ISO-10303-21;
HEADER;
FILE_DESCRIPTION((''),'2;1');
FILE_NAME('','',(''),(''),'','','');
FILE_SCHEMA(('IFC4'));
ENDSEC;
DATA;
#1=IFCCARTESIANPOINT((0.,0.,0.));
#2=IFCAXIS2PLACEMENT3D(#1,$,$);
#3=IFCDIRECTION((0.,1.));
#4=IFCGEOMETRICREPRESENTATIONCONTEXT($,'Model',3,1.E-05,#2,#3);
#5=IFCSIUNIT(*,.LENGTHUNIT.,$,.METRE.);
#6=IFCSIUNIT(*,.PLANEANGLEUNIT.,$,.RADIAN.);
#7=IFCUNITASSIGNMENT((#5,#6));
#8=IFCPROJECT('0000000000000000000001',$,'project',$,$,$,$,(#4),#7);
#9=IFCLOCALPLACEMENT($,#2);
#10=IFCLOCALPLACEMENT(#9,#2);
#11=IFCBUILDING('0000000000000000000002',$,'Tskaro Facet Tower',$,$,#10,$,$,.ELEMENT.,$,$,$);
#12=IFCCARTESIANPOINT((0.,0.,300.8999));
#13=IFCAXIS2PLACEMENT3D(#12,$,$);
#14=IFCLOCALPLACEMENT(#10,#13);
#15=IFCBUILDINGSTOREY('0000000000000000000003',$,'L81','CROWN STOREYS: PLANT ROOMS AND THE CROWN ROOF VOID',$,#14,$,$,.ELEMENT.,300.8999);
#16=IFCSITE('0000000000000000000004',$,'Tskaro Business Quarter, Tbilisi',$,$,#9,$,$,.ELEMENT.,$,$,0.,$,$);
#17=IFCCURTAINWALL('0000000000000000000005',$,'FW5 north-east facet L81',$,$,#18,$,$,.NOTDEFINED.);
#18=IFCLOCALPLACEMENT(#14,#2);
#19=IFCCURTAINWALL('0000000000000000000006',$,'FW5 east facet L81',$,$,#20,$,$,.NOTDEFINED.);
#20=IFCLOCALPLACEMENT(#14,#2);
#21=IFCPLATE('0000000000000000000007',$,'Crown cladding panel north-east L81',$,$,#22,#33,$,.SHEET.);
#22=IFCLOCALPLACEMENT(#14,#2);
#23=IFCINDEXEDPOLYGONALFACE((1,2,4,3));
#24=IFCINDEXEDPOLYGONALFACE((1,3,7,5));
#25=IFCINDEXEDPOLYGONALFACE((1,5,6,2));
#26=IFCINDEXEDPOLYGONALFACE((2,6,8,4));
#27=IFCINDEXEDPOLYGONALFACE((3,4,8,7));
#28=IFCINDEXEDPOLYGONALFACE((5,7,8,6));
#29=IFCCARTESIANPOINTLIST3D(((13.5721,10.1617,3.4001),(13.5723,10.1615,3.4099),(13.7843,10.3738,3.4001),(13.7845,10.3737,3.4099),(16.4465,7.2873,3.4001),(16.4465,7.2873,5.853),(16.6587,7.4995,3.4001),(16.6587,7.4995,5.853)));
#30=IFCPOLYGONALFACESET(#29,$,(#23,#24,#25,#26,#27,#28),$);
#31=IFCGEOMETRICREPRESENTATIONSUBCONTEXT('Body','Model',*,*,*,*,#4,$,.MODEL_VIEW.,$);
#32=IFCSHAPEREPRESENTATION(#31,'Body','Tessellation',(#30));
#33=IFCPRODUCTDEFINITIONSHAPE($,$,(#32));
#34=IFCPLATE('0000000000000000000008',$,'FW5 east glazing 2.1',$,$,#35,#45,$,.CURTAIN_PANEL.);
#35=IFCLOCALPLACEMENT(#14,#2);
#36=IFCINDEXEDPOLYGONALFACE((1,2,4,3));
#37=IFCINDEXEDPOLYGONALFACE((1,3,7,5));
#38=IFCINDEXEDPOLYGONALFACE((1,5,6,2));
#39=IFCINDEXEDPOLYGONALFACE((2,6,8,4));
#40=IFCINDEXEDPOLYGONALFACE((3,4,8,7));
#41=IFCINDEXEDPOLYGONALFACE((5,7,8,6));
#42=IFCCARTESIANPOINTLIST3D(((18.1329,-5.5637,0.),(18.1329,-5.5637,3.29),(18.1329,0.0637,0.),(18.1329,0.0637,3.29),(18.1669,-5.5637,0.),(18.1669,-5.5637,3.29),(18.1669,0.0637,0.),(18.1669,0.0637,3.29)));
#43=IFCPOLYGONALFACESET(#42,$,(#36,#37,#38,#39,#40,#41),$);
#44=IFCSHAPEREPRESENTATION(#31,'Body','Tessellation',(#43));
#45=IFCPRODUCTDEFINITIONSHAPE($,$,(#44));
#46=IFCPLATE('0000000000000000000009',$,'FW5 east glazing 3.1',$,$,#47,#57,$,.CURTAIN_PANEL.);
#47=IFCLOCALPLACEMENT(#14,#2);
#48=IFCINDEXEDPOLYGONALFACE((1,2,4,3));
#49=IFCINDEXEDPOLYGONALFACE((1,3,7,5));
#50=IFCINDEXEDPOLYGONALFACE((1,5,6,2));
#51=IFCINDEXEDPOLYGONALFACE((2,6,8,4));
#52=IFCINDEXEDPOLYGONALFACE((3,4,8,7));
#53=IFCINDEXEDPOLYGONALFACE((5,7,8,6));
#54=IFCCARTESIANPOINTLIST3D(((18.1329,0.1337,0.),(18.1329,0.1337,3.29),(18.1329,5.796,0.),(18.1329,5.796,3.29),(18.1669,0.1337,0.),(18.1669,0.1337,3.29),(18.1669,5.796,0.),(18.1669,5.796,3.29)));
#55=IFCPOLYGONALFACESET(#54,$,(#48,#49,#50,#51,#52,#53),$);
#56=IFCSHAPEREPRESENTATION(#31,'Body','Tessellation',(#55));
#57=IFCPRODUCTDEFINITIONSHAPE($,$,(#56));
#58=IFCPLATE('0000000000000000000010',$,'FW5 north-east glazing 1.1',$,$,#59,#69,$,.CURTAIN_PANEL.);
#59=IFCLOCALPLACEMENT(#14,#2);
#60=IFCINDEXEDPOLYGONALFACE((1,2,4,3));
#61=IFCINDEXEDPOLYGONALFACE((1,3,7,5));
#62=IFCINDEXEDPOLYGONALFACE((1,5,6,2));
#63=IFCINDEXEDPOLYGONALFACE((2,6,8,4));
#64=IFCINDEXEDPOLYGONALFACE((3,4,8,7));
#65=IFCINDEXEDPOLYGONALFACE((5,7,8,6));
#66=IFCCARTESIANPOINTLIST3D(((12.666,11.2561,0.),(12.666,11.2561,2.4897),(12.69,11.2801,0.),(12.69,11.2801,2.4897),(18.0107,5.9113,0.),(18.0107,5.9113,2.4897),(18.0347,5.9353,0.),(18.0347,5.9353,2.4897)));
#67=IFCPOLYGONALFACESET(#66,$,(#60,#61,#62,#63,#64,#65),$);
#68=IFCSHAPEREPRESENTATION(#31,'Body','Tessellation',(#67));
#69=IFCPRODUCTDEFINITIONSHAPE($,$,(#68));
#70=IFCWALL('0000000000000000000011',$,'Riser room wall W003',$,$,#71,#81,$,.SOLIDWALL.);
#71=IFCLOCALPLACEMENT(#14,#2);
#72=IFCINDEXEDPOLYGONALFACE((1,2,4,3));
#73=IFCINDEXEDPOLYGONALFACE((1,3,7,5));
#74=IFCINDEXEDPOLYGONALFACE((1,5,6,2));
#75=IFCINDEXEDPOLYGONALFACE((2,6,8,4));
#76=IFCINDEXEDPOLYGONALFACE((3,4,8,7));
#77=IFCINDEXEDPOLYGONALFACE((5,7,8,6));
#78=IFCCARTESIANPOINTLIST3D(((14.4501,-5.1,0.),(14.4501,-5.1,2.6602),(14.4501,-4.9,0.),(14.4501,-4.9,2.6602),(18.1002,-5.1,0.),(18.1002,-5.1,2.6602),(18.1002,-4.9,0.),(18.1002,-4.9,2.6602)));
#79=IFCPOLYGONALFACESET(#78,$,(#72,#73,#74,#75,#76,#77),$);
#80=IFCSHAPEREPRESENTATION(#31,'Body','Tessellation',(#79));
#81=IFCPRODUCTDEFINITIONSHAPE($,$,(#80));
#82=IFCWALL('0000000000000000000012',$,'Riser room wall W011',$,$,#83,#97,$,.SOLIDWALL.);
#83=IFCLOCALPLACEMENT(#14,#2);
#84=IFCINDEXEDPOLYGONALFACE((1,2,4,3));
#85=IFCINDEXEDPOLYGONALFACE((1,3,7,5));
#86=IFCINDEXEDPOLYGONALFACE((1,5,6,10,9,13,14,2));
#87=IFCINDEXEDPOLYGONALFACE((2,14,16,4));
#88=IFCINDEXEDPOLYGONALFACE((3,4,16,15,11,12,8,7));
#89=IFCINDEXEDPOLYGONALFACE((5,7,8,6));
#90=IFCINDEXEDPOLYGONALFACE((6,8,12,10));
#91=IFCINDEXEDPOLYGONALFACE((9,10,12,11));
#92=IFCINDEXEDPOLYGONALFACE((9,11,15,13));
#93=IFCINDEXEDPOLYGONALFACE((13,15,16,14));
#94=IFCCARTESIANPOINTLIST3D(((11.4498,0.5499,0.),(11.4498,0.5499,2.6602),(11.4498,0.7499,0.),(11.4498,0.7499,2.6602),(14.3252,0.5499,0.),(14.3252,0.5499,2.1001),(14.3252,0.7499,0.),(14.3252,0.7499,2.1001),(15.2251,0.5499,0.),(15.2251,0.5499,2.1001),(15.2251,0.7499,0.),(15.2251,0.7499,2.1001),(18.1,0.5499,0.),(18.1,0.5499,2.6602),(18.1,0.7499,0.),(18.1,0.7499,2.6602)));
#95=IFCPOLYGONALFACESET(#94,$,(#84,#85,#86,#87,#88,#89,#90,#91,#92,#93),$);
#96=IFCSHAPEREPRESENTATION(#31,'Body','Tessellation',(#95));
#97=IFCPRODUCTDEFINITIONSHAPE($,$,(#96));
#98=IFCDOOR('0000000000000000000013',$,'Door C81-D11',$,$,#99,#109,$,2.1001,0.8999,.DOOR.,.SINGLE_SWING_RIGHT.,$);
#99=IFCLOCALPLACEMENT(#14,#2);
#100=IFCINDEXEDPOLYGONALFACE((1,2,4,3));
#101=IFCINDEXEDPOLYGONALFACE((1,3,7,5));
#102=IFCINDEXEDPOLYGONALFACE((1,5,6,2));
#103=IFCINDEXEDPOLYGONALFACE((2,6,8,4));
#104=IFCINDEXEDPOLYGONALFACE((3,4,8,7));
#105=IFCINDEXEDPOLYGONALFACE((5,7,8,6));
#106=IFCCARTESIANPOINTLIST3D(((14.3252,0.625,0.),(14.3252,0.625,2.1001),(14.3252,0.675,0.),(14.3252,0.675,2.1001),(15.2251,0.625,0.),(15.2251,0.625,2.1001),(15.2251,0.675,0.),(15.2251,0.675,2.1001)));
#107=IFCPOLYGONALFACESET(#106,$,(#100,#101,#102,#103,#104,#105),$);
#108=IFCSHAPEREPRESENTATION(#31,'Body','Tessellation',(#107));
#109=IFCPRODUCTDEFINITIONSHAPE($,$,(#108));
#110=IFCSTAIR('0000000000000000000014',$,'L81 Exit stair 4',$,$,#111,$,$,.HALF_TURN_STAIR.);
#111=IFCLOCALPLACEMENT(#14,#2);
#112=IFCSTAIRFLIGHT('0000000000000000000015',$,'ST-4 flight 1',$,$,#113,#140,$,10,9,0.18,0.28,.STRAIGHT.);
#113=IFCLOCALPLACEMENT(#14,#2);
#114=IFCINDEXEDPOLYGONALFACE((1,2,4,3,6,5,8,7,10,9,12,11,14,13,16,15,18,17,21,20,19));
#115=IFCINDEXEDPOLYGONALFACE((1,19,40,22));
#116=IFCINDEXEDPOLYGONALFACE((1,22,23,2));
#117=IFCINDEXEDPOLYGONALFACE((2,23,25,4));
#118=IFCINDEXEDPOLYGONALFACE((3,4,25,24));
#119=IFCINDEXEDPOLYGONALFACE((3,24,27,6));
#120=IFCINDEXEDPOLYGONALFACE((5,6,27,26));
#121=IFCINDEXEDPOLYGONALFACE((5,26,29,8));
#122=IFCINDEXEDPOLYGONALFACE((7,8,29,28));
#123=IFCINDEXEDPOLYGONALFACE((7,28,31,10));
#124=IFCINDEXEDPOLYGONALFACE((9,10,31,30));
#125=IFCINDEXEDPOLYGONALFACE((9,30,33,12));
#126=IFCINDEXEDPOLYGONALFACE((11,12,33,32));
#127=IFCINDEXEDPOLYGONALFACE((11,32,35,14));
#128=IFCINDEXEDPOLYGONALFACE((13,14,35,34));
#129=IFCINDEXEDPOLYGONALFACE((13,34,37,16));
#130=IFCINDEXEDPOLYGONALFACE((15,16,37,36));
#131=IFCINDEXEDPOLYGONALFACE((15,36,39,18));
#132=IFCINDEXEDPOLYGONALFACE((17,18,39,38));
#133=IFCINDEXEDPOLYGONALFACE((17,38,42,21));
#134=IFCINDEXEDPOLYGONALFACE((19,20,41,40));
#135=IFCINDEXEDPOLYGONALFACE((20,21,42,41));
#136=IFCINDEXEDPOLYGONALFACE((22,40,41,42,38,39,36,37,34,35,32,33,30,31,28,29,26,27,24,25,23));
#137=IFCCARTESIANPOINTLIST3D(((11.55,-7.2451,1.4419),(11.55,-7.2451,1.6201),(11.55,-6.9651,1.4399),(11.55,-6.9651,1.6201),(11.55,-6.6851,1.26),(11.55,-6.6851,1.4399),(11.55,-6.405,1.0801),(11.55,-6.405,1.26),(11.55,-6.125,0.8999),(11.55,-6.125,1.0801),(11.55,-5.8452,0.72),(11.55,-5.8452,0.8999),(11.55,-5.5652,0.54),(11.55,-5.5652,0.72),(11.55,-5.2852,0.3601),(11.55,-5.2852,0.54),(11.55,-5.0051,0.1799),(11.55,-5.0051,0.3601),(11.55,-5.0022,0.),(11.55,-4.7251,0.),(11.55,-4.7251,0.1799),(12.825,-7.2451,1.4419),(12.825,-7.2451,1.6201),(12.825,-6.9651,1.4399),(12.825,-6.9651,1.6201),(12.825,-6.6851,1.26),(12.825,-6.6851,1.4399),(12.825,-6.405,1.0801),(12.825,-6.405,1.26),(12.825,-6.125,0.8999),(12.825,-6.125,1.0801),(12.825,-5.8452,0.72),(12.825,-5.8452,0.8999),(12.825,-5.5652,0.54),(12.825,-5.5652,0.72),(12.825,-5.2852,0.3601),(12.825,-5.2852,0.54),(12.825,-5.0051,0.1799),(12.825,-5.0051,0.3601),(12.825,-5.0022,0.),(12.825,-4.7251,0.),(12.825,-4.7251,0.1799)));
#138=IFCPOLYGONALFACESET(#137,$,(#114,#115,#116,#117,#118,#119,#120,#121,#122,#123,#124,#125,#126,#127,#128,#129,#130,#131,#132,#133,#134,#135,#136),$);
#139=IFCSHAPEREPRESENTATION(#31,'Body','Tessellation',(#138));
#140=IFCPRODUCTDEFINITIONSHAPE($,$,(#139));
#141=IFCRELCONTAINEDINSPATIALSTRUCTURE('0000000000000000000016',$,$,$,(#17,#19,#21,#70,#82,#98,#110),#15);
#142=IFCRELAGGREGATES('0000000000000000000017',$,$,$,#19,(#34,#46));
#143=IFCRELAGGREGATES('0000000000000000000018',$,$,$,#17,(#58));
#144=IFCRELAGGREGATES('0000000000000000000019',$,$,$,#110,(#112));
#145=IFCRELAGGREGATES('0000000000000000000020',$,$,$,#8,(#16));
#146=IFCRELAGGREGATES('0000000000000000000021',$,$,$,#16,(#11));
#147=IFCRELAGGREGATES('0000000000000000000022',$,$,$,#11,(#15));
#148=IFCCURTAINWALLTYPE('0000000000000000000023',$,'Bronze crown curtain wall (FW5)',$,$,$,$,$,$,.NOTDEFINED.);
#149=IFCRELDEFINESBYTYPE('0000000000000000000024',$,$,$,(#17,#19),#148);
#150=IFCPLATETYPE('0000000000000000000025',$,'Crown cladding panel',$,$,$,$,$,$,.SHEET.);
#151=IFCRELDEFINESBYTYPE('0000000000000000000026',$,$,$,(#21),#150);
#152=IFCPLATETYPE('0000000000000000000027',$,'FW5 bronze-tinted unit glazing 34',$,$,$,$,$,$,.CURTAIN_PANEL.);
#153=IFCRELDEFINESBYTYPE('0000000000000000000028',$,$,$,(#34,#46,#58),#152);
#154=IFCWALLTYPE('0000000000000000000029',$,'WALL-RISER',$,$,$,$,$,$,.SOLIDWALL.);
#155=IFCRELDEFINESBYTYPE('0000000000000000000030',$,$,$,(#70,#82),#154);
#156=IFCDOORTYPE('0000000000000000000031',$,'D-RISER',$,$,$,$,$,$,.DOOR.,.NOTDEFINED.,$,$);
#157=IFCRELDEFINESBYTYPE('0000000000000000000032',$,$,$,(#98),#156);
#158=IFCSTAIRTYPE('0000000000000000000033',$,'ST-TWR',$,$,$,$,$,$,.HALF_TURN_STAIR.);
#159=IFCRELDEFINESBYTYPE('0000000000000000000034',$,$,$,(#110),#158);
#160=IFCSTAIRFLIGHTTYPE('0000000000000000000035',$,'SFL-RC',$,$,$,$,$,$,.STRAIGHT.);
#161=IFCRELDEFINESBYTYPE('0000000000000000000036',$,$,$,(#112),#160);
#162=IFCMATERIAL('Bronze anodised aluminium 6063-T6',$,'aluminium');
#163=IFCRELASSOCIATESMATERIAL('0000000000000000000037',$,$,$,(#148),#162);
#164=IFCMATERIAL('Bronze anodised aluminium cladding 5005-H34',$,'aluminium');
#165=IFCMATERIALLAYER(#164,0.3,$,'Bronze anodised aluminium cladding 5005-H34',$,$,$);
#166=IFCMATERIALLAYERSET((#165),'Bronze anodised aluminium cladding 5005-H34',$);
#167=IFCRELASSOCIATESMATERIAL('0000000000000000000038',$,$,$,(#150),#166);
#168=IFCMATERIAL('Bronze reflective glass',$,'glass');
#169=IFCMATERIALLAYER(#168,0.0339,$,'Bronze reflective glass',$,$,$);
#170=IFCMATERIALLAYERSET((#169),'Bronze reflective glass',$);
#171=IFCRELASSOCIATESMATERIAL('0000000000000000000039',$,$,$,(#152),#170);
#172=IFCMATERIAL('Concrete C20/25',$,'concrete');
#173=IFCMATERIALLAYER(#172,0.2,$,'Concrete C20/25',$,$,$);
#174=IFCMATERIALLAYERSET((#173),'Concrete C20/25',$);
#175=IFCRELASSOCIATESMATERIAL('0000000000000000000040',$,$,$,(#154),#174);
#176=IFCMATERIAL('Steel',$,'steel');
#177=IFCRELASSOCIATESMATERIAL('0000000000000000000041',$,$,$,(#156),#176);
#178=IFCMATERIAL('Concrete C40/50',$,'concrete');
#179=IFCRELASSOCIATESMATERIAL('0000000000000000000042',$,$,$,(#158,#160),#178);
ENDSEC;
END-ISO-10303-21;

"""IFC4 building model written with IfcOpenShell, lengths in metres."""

from ifc_helpers import new_model, si_unit, direction, frame, frame_2d, origin, origin_2d, place, context, subcontext, project, spatial, polyline, rectangle, outline, extrude, material, layer, layer_set, type_object, element, fill, aggregate, save


model = new_model("IFC4")

# Units and contexts
model_context = context("Model", 3, precision=1e-05, world=origin(), true_north=direction((0.0, 1.0)))
body_context = subcontext(model_context, "Body", "Model", "MODEL_VIEW")
ifc_project = project(units=[si_unit("LENGTHUNIT", "METRE"), si_unit("PLANEANGLEUNIT", "RADIAN")], contexts=[model_context])

# Site, building, storey
site_placement = place(None, origin())
site = spatial("IfcSite", under=ifc_project, at=site_placement, Name="Tskaro Business Quarter, Tbilisi", CompositionType="ELEMENT", RefElevation=0.0)
building_placement = place(site_placement, origin())
building = spatial("IfcBuilding", under=site, at=building_placement, Name="Tskaro Facet Tower", CompositionType="ELEMENT")
storey_placement = place(building_placement, frame((0.0, 0.0, 300.8999)))
storey = spatial("IfcBuildingStorey", under=building, at=storey_placement, Name="L81", Description="CROWN STOREYS: PLANT ROOMS AND THE CROWN ROOF VOID", CompositionType="ELEMENT", Elevation=300.8999)

# Curtain wall
ifc_material_1 = material(Name="Bronze anodised aluminium 6063-T6", Category="aluminium")
curtain_wall_type = type_object("IfcCurtainWallType", Name="Bronze crown curtain wall (FW5)", PredefinedType="NOTDEFINED", material=ifc_material_1)
curtain_wall_1_placement = place(storey_placement, origin())
curtain_wall_1 = element("IfcCurtainWall", 1, at=curtain_wall_1_placement, inside=storey, type_object=curtain_wall_type, Name="FW5 north-east facet L81", PredefinedType="NOTDEFINED")

# Curtain wall
curtain_wall_2_placement = place(storey_placement, origin())
curtain_wall_2 = element("IfcCurtainWall", 2, at=curtain_wall_2_placement, inside=storey, type_object=curtain_wall_type, Name="FW5 east facet L81", PredefinedType="NOTDEFINED")

# Plates
ifc_material_2 = material(Name="Bronze anodised aluminium cladding 5005-H34", Category="aluminium")
ifc_layer_1 = layer(ifc_material_2, 0.3, Name="Bronze anodised aluminium cladding 5005-H34")
ifc_layer_set_1 = layer_set([ifc_layer_1], Name="Bronze anodised aluminium cladding 5005-H34")
plate_type_1 = type_object("IfcPlateType", Name="Crown cladding panel", PredefinedType="SHEET", material=ifc_layer_set_1)
plate_1_placement = place(storey_placement, frame((16.5525, 7.3933, 3.4001), z_axis=(0.0, 0.0, 1.0), x_axis=(-0.707107, 0.707107, 0.0)))
element("IfcPlate", 3, at=plate_1_placement, inside=storey, type_object=plate_type_1, Name="Crown cladding panel north-east L81", PredefinedType="SHEET", context=body_context, shape_type="SweptSolid", body=[
    extrude(outline(polyline([(0.0, 0.0), (4.0649, 0.0), (4.0647, 0.0098), (0.0, 2.4529), (0.0, 0.0)])), frame((0.0, 0.1499, 0.0), z_axis=(0.0, -1.0, 0.0), x_axis=(1.0, 0.0, 0.0)), (0.0, 0.0, 1.0), 0.3),
])
ifc_material_3 = material(Name="Bronze reflective glass", Category="glass")
ifc_layer_2 = layer(ifc_material_3, 0.0339, Name="Bronze reflective glass")
ifc_layer_set_2 = layer_set([ifc_layer_2], Name="Bronze reflective glass")
plate_type_2 = type_object("IfcPlateType", Name="FW5 bronze-tinted unit glazing 34", PredefinedType="CURTAIN_PANEL", material=ifc_layer_set_2)
plate_2_placement = place(storey_placement, frame((18.1499, -2.75, 0.0), z_axis=(0.0, 0.0, 1.0), x_axis=(0.0, 1.0, 0.0)))
plate_2 = element("IfcPlate", 4, at=plate_2_placement, type_object=plate_type_2, Name="FW5 east glazing 2.1", PredefinedType="CURTAIN_PANEL", context=body_context, shape_type="SweptSolid", body=[
    extrude(rectangle(XDim=5.6274, YDim=0.0339, at=origin_2d()), origin(), (0.0, 0.0, 1.0), 3.29),
])
plate_3_placement = place(storey_placement, frame((18.1499, 2.9648, 0.0), z_axis=(0.0, 0.0, 1.0), x_axis=(0.0, 1.0, 0.0)))
plate_3 = element("IfcPlate", 5, at=plate_3_placement, type_object=plate_type_2, Name="FW5 east glazing 3.1", PredefinedType="CURTAIN_PANEL", context=body_context, shape_type="SweptSolid", body=[
    extrude(rectangle(XDim=5.6624, YDim=0.0339, at=origin_2d()), origin(), (0.0, 0.0, 1.0), 3.29),
])
aggregate(curtain_wall_2, [plate_2, plate_3])
plate_4_placement = place(storey_placement, frame((15.3503, 8.5957, 0.0), z_axis=(0.0, 0.0, 1.0), x_axis=(-0.707107, 0.707107, 0.0)))
plate_4 = element("IfcPlate", 6, at=plate_4_placement, type_object=plate_type_2, Name="FW5 north-east glazing 1.1", PredefinedType="CURTAIN_PANEL", context=body_context, shape_type="SweptSolid", body=[
    extrude(rectangle(XDim=7.5586, YDim=0.0339, at=origin_2d()), origin(), (0.0, 0.0, 1.0), 2.4897),
])
aggregate(curtain_wall_1, [plate_4])

# Wall
ifc_material_4 = material(Name="Concrete C20/25", Category="concrete")
ifc_layer_3 = layer(ifc_material_4, 0.2, Name="Concrete C20/25")
ifc_layer_set_3 = layer_set([ifc_layer_3], Name="Concrete C20/25")
wall_type = type_object("IfcWallType", Name="WALL-RISER", PredefinedType="SOLIDWALL", material=ifc_layer_set_3)
wall_1_placement = place(storey_placement, frame((14.45, -5.0, 0.0), z_axis=(0.0, 0.0, 1.0), x_axis=(1.0, 0.0, 0.0)))
element("IfcWall", 7, at=wall_1_placement, inside=storey, type_object=wall_type, Name="Riser room wall W003", PredefinedType="SOLIDWALL", context=body_context, shape_type="SweptSolid", body=[
    extrude(rectangle(XDim=3.6501, YDim=0.2, at=frame_2d((1.8252, 0.0))), origin(), (0.0, 0.0, 1.0), 2.6602),
])

# Wall, opening, door
wall_2_placement = place(storey_placement, frame((18.1001, 0.6499, 0.0), z_axis=(0.0, 0.0, 1.0), x_axis=(-1.0, 0.0, 0.0)))
wall_2 = element("IfcWall", 8, at=wall_2_placement, inside=storey, type_object=wall_type, Name="Riser room wall W011", PredefinedType="SOLIDWALL", context=body_context, shape_type="SweptSolid", body=[
    extrude(rectangle(XDim=6.6501, YDim=0.2, at=frame_2d((3.3252, 0.0))), origin(), (0.0, 0.0, 1.0), 2.6602),
])
opening_placement = place(wall_2_placement, frame((2.875, 0.0, 0.0)))
opening = element("IfcOpeningElement", 9, at=opening_placement, cuts=wall_2, PredefinedType="OPENING", context=body_context, shape_type="SweptSolid", body=[
    extrude(rectangle(XDim=0.8999, YDim=2.1001, at=frame_2d((0.45, 1.05))), frame((0.0, 0.1099, 0.0), z_axis=(0.0, -1.0, 0.0), x_axis=(1.0, 0.0, 0.0)), (0.0, 0.0, 1.0), 0.22),
])
ifc_material_5 = material(Name="Steel", Category="steel")
door_type = type_object("IfcDoorType", Name="D-RISER", OperationType="NOTDEFINED", PredefinedType="DOOR", material=ifc_material_5)
door_placement = place(opening_placement, origin())
door = element("IfcDoor", 10, at=door_placement, inside=storey, type_object=door_type, Name="Door C81-D11", OperationType="SINGLE_SWING_RIGHT", OverallHeight=2.1001, OverallWidth=0.8999, PredefinedType="DOOR", context=body_context, shape_type="SweptSolid", body=[
    extrude(rectangle(XDim=0.8999, YDim=2.1001, at=frame_2d((0.45, 1.05))), frame((0.0, 0.0249, 0.0), z_axis=(0.0, -1.0, 0.0), x_axis=(1.0, 0.0, 0.0)), (0.0, 0.0, 1.0), 0.05),
])
fill(opening, door)

# Stair, stair flight
ifc_material_6 = material(Name="Concrete C40/50", Category="concrete")
stair_type = type_object("IfcStairType", Name="ST-TWR", PredefinedType="HALF_TURN_STAIR", material=ifc_material_6)
stair_placement = place(storey_placement, origin())
stair = element("IfcStair", 11, at=stair_placement, inside=storey, type_object=stair_type, Name="L81 Exit stair 4", PredefinedType="HALF_TURN_STAIR")
stair_flight_type = type_object("IfcStairFlightType", Name="SFL-RC", PredefinedType="STRAIGHT", material=ifc_material_6)
stair_flight_placement = place(storey_placement, frame((12.1875, -4.7251, 0.0), z_axis=(0.0, 0.0, 1.0), x_axis=(0.0, -1.0, 0.0)))
stair_flight = element("IfcStairFlight", 12, at=stair_flight_placement, type_object=stair_flight_type, Name="ST-4 flight 1", NumberOfRisers=10, NumberOfTreads=9, PredefinedType="STRAIGHT", RiserHeight=0.18, TreadLength=0.28, context=body_context, shape_type="SweptSolid", body=[
    extrude(outline(polyline([(0.0, 0.0), (0.0, 0.1799), (0.28, 0.1799), (0.28, 0.3601), (0.5601, 0.3601), (0.5601, 0.54), (0.8401, 0.54), (0.8401, 0.72), (1.1201, 0.72), (1.1201, 0.8999), (1.3999, 0.8999), (1.3999, 1.0801), (1.6799, 1.0801), (1.6799, 1.26), (1.96, 1.26), (1.96, 1.4399), (2.24, 1.4399), (2.24, 1.6201), (2.52, 1.6201), (2.52, 1.8), (2.52, 1.4419), (0.2771, 0.0), (0.0, 0.0)])), frame((0.0, 0.6375, 0.0), z_axis=(0.0, -1.0, 0.0), x_axis=(1.0, 0.0, 0.0)), (0.0, 0.0, 1.0), 1.2749),
])
aggregate(stair, [stair_flight])

save(model, "model.ifc")
